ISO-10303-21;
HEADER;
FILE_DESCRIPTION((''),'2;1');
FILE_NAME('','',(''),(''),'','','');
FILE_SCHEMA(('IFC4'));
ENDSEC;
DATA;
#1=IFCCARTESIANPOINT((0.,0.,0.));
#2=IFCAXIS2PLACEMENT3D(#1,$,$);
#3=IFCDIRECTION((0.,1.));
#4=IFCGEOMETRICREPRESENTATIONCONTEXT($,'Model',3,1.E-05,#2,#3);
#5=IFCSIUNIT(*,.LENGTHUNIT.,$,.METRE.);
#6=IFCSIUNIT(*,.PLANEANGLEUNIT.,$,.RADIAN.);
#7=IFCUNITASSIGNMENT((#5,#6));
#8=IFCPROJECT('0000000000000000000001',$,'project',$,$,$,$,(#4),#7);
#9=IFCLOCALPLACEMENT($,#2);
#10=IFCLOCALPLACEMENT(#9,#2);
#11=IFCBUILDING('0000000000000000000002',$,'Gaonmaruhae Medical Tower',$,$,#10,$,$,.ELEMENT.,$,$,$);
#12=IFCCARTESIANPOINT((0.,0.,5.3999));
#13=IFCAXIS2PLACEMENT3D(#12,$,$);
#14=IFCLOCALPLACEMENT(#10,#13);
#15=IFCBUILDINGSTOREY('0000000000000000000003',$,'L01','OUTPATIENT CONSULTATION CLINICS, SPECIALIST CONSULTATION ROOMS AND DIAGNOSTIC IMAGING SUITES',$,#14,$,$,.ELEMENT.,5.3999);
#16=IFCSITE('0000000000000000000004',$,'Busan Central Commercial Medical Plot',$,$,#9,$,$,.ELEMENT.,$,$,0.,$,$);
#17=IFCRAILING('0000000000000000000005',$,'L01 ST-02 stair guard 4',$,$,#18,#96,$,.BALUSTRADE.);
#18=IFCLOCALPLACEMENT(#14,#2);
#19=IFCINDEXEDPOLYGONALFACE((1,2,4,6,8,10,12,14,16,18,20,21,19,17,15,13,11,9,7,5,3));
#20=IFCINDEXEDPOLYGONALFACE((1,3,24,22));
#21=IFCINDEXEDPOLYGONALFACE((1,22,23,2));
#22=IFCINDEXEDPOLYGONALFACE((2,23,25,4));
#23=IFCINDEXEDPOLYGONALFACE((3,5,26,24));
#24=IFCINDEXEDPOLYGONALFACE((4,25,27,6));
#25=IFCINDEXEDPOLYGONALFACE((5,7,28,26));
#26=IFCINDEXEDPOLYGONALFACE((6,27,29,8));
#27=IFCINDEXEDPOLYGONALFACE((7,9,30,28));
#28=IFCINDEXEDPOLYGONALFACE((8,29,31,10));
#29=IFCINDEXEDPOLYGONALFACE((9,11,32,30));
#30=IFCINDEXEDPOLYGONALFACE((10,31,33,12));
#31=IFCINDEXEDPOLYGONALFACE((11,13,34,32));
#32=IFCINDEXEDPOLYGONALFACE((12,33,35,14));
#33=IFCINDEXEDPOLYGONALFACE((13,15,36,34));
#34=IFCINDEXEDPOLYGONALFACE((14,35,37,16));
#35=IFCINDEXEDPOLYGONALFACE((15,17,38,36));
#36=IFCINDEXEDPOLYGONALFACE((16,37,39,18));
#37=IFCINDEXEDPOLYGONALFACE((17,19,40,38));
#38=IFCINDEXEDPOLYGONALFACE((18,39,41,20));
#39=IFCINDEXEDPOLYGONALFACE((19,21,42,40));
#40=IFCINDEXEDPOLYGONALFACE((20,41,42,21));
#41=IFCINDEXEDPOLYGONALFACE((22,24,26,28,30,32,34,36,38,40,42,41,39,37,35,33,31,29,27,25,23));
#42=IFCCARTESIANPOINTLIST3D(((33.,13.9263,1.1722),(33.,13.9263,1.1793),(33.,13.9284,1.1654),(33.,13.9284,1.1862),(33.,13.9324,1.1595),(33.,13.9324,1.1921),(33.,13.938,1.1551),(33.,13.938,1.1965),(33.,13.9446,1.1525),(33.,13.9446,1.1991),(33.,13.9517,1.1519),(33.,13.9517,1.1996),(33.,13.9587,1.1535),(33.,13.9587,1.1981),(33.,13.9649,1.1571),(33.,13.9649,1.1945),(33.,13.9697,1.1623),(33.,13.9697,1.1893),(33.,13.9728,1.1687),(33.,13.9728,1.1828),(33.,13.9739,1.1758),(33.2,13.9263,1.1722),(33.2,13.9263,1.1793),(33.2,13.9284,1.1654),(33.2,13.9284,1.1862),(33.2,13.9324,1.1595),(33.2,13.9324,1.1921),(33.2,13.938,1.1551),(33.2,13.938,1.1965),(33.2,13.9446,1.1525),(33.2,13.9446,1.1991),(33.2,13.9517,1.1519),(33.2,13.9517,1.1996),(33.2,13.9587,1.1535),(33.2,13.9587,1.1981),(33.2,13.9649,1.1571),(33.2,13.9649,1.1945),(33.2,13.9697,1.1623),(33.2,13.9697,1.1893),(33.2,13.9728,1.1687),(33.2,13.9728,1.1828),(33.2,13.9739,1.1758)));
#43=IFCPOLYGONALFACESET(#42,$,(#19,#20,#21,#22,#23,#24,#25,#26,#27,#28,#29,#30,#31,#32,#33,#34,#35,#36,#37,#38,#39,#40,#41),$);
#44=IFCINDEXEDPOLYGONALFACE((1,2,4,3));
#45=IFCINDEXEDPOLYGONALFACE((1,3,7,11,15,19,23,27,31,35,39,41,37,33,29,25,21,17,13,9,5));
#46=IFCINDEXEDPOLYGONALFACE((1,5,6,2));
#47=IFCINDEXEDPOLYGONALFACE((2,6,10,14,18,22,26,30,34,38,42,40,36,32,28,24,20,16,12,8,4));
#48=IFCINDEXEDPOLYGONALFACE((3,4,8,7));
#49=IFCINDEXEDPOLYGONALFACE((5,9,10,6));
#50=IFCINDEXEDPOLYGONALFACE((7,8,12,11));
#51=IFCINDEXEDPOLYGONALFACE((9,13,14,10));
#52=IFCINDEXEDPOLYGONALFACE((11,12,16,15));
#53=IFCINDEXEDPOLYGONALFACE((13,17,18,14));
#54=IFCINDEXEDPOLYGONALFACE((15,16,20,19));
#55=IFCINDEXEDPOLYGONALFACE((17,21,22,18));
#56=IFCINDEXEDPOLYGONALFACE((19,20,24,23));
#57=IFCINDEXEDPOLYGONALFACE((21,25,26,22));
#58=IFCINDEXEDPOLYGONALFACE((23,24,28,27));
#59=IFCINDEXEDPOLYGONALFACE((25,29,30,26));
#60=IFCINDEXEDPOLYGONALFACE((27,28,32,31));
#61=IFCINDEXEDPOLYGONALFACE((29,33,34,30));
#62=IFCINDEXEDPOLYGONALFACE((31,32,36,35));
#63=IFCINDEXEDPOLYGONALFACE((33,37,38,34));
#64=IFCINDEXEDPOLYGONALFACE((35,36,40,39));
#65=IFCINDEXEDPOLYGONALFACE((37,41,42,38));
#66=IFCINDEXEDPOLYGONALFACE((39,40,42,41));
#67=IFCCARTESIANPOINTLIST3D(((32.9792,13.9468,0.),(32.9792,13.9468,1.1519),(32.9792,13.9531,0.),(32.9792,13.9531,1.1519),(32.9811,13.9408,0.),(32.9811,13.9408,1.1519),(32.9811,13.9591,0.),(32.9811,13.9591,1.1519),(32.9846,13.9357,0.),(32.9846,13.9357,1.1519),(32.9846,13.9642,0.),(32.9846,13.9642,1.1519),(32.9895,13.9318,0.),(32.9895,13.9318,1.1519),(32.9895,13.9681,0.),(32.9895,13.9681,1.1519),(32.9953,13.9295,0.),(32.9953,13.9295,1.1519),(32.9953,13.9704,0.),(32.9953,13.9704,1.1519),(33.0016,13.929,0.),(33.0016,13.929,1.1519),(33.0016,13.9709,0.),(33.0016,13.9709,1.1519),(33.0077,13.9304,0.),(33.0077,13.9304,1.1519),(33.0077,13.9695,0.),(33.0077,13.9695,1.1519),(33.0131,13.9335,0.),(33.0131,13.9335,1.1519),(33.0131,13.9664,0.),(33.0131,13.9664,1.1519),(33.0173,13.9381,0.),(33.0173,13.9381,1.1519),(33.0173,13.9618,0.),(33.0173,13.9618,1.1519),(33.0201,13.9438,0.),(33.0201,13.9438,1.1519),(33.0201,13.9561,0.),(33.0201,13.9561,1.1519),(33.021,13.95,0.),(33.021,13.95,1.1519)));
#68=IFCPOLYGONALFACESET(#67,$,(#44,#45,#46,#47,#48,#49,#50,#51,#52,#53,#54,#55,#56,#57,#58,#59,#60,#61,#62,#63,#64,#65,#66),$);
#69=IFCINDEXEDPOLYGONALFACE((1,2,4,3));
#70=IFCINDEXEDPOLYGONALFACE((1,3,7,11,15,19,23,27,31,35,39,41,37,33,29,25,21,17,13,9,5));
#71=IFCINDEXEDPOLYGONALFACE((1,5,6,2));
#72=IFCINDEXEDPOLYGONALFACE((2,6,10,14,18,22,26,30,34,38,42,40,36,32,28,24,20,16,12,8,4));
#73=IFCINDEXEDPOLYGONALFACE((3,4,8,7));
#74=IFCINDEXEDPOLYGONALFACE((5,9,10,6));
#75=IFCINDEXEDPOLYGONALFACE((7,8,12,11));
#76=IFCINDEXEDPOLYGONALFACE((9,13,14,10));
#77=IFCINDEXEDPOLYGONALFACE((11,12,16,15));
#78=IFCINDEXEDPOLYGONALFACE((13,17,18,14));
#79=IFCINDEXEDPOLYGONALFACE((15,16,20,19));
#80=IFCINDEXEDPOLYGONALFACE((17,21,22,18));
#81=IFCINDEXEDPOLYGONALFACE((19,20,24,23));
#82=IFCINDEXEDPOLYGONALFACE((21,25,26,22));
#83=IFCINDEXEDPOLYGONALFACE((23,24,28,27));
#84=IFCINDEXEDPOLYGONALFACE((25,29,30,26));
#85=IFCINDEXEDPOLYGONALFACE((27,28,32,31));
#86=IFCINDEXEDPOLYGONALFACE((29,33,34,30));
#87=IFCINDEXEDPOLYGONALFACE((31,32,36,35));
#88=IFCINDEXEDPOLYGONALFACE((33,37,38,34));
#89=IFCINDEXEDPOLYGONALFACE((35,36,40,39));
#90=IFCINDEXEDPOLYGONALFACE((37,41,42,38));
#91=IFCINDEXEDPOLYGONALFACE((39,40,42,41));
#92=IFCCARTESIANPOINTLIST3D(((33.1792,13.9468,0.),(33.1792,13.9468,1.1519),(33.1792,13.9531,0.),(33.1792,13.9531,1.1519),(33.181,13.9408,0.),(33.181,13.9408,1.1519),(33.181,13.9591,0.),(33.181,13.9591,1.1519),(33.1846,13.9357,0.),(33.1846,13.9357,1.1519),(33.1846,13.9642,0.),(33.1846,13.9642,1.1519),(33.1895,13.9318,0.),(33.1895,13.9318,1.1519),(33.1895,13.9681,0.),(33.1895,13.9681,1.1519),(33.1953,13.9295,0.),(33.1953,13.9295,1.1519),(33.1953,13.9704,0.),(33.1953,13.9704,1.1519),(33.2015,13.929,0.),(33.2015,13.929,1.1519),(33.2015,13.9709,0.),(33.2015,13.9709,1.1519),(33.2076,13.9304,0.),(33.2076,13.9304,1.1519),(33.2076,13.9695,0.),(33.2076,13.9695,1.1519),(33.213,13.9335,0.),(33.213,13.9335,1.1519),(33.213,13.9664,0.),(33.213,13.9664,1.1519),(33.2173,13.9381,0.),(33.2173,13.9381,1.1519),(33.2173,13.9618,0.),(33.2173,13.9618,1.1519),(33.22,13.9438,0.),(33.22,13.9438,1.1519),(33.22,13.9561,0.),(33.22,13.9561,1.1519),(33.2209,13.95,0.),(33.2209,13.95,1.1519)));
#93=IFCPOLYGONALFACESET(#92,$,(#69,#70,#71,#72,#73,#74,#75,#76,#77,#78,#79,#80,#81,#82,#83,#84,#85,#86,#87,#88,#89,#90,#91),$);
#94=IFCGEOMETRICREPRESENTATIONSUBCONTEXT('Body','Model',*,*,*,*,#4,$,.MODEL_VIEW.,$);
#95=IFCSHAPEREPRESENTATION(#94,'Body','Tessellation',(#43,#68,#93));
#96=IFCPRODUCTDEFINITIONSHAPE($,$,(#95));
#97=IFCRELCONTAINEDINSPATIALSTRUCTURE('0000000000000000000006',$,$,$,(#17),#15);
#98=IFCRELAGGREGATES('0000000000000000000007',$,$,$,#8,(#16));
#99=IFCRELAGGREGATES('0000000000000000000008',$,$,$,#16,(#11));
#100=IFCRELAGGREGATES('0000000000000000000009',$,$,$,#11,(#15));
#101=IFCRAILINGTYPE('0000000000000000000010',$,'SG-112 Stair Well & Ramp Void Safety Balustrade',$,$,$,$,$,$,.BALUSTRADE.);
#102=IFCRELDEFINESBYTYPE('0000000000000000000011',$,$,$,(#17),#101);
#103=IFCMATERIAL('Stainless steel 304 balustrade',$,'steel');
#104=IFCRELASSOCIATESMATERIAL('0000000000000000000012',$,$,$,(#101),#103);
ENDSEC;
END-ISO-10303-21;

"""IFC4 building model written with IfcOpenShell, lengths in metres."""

from ifc_helpers import new_model, si_unit, direction, frame, origin, origin_2d, place, context, subcontext, project, spatial, circle, extrude, material, type_object, element, save


model = new_model("IFC4")

# Units and contexts
model_context = context("Model", 3, precision=1e-05, world=origin(), true_north=direction((0.0, 1.0)))
body_context = subcontext(model_context, "Body", "Model", "MODEL_VIEW")
ifc_project = project(units=[si_unit("LENGTHUNIT", "METRE"), si_unit("PLANEANGLEUNIT", "RADIAN")], contexts=[model_context])

# Site, building, storey
site_placement = place(None, origin())
site = spatial("IfcSite", under=ifc_project, at=site_placement, Name="Busan Central Commercial Medical Plot", CompositionType="ELEMENT", RefElevation=0.0)
building_placement = place(site_placement, origin())
building = spatial("IfcBuilding", under=site, at=building_placement, Name="Gaonmaruhae Medical Tower", CompositionType="ELEMENT")
storey_placement = place(building_placement, frame((0.0, 0.0, 5.3999)))
storey = spatial("IfcBuildingStorey", under=building, at=storey_placement, Name="L01", Description="OUTPATIENT CONSULTATION CLINICS, SPECIALIST CONSULTATION ROOMS AND DIAGNOSTIC IMAGING SUITES", CompositionType="ELEMENT", Elevation=5.3999)

# Railing
ifc_material_1 = material(Name="Stainless steel 304 balustrade", Category="steel")
railing_type_1 = type_object("IfcRailingType", Name="SG-112 Stair Well & Ramp Void Safety Balustrade", PredefinedType="BALUSTRADE", material=ifc_material_1)
railing_1_placement = place(storey_placement, frame((33.0, 13.95, 0.0)))
element("IfcRailing", 1, at=railing_1_placement, inside=storey, type_object=railing_type_1, Name="L01 ST-02 stair guard 4", PredefinedType="BALUSTRADE", context=body_context, shape_type="SweptSolid", body=[
    extrude(circle(Radius=0.0239, at=origin_2d()), frame((0.0, 0.0, 1.1758), z_axis=(1.0, 0.0, 0.0), x_axis=(0.0, 1.0, 0.0)), (0.0, 0.0, 1.0), 0.2),
    extrude(circle(Radius=0.021, at=origin_2d()), origin(), (0.0, 0.0, 1.0), 1.1519),
    extrude(circle(Radius=0.021, at=origin_2d()), frame((0.2, 0.0, 0.0)), (0.0, 0.0, 1.0), 1.1519),
])

save(model, "model.ifc")
